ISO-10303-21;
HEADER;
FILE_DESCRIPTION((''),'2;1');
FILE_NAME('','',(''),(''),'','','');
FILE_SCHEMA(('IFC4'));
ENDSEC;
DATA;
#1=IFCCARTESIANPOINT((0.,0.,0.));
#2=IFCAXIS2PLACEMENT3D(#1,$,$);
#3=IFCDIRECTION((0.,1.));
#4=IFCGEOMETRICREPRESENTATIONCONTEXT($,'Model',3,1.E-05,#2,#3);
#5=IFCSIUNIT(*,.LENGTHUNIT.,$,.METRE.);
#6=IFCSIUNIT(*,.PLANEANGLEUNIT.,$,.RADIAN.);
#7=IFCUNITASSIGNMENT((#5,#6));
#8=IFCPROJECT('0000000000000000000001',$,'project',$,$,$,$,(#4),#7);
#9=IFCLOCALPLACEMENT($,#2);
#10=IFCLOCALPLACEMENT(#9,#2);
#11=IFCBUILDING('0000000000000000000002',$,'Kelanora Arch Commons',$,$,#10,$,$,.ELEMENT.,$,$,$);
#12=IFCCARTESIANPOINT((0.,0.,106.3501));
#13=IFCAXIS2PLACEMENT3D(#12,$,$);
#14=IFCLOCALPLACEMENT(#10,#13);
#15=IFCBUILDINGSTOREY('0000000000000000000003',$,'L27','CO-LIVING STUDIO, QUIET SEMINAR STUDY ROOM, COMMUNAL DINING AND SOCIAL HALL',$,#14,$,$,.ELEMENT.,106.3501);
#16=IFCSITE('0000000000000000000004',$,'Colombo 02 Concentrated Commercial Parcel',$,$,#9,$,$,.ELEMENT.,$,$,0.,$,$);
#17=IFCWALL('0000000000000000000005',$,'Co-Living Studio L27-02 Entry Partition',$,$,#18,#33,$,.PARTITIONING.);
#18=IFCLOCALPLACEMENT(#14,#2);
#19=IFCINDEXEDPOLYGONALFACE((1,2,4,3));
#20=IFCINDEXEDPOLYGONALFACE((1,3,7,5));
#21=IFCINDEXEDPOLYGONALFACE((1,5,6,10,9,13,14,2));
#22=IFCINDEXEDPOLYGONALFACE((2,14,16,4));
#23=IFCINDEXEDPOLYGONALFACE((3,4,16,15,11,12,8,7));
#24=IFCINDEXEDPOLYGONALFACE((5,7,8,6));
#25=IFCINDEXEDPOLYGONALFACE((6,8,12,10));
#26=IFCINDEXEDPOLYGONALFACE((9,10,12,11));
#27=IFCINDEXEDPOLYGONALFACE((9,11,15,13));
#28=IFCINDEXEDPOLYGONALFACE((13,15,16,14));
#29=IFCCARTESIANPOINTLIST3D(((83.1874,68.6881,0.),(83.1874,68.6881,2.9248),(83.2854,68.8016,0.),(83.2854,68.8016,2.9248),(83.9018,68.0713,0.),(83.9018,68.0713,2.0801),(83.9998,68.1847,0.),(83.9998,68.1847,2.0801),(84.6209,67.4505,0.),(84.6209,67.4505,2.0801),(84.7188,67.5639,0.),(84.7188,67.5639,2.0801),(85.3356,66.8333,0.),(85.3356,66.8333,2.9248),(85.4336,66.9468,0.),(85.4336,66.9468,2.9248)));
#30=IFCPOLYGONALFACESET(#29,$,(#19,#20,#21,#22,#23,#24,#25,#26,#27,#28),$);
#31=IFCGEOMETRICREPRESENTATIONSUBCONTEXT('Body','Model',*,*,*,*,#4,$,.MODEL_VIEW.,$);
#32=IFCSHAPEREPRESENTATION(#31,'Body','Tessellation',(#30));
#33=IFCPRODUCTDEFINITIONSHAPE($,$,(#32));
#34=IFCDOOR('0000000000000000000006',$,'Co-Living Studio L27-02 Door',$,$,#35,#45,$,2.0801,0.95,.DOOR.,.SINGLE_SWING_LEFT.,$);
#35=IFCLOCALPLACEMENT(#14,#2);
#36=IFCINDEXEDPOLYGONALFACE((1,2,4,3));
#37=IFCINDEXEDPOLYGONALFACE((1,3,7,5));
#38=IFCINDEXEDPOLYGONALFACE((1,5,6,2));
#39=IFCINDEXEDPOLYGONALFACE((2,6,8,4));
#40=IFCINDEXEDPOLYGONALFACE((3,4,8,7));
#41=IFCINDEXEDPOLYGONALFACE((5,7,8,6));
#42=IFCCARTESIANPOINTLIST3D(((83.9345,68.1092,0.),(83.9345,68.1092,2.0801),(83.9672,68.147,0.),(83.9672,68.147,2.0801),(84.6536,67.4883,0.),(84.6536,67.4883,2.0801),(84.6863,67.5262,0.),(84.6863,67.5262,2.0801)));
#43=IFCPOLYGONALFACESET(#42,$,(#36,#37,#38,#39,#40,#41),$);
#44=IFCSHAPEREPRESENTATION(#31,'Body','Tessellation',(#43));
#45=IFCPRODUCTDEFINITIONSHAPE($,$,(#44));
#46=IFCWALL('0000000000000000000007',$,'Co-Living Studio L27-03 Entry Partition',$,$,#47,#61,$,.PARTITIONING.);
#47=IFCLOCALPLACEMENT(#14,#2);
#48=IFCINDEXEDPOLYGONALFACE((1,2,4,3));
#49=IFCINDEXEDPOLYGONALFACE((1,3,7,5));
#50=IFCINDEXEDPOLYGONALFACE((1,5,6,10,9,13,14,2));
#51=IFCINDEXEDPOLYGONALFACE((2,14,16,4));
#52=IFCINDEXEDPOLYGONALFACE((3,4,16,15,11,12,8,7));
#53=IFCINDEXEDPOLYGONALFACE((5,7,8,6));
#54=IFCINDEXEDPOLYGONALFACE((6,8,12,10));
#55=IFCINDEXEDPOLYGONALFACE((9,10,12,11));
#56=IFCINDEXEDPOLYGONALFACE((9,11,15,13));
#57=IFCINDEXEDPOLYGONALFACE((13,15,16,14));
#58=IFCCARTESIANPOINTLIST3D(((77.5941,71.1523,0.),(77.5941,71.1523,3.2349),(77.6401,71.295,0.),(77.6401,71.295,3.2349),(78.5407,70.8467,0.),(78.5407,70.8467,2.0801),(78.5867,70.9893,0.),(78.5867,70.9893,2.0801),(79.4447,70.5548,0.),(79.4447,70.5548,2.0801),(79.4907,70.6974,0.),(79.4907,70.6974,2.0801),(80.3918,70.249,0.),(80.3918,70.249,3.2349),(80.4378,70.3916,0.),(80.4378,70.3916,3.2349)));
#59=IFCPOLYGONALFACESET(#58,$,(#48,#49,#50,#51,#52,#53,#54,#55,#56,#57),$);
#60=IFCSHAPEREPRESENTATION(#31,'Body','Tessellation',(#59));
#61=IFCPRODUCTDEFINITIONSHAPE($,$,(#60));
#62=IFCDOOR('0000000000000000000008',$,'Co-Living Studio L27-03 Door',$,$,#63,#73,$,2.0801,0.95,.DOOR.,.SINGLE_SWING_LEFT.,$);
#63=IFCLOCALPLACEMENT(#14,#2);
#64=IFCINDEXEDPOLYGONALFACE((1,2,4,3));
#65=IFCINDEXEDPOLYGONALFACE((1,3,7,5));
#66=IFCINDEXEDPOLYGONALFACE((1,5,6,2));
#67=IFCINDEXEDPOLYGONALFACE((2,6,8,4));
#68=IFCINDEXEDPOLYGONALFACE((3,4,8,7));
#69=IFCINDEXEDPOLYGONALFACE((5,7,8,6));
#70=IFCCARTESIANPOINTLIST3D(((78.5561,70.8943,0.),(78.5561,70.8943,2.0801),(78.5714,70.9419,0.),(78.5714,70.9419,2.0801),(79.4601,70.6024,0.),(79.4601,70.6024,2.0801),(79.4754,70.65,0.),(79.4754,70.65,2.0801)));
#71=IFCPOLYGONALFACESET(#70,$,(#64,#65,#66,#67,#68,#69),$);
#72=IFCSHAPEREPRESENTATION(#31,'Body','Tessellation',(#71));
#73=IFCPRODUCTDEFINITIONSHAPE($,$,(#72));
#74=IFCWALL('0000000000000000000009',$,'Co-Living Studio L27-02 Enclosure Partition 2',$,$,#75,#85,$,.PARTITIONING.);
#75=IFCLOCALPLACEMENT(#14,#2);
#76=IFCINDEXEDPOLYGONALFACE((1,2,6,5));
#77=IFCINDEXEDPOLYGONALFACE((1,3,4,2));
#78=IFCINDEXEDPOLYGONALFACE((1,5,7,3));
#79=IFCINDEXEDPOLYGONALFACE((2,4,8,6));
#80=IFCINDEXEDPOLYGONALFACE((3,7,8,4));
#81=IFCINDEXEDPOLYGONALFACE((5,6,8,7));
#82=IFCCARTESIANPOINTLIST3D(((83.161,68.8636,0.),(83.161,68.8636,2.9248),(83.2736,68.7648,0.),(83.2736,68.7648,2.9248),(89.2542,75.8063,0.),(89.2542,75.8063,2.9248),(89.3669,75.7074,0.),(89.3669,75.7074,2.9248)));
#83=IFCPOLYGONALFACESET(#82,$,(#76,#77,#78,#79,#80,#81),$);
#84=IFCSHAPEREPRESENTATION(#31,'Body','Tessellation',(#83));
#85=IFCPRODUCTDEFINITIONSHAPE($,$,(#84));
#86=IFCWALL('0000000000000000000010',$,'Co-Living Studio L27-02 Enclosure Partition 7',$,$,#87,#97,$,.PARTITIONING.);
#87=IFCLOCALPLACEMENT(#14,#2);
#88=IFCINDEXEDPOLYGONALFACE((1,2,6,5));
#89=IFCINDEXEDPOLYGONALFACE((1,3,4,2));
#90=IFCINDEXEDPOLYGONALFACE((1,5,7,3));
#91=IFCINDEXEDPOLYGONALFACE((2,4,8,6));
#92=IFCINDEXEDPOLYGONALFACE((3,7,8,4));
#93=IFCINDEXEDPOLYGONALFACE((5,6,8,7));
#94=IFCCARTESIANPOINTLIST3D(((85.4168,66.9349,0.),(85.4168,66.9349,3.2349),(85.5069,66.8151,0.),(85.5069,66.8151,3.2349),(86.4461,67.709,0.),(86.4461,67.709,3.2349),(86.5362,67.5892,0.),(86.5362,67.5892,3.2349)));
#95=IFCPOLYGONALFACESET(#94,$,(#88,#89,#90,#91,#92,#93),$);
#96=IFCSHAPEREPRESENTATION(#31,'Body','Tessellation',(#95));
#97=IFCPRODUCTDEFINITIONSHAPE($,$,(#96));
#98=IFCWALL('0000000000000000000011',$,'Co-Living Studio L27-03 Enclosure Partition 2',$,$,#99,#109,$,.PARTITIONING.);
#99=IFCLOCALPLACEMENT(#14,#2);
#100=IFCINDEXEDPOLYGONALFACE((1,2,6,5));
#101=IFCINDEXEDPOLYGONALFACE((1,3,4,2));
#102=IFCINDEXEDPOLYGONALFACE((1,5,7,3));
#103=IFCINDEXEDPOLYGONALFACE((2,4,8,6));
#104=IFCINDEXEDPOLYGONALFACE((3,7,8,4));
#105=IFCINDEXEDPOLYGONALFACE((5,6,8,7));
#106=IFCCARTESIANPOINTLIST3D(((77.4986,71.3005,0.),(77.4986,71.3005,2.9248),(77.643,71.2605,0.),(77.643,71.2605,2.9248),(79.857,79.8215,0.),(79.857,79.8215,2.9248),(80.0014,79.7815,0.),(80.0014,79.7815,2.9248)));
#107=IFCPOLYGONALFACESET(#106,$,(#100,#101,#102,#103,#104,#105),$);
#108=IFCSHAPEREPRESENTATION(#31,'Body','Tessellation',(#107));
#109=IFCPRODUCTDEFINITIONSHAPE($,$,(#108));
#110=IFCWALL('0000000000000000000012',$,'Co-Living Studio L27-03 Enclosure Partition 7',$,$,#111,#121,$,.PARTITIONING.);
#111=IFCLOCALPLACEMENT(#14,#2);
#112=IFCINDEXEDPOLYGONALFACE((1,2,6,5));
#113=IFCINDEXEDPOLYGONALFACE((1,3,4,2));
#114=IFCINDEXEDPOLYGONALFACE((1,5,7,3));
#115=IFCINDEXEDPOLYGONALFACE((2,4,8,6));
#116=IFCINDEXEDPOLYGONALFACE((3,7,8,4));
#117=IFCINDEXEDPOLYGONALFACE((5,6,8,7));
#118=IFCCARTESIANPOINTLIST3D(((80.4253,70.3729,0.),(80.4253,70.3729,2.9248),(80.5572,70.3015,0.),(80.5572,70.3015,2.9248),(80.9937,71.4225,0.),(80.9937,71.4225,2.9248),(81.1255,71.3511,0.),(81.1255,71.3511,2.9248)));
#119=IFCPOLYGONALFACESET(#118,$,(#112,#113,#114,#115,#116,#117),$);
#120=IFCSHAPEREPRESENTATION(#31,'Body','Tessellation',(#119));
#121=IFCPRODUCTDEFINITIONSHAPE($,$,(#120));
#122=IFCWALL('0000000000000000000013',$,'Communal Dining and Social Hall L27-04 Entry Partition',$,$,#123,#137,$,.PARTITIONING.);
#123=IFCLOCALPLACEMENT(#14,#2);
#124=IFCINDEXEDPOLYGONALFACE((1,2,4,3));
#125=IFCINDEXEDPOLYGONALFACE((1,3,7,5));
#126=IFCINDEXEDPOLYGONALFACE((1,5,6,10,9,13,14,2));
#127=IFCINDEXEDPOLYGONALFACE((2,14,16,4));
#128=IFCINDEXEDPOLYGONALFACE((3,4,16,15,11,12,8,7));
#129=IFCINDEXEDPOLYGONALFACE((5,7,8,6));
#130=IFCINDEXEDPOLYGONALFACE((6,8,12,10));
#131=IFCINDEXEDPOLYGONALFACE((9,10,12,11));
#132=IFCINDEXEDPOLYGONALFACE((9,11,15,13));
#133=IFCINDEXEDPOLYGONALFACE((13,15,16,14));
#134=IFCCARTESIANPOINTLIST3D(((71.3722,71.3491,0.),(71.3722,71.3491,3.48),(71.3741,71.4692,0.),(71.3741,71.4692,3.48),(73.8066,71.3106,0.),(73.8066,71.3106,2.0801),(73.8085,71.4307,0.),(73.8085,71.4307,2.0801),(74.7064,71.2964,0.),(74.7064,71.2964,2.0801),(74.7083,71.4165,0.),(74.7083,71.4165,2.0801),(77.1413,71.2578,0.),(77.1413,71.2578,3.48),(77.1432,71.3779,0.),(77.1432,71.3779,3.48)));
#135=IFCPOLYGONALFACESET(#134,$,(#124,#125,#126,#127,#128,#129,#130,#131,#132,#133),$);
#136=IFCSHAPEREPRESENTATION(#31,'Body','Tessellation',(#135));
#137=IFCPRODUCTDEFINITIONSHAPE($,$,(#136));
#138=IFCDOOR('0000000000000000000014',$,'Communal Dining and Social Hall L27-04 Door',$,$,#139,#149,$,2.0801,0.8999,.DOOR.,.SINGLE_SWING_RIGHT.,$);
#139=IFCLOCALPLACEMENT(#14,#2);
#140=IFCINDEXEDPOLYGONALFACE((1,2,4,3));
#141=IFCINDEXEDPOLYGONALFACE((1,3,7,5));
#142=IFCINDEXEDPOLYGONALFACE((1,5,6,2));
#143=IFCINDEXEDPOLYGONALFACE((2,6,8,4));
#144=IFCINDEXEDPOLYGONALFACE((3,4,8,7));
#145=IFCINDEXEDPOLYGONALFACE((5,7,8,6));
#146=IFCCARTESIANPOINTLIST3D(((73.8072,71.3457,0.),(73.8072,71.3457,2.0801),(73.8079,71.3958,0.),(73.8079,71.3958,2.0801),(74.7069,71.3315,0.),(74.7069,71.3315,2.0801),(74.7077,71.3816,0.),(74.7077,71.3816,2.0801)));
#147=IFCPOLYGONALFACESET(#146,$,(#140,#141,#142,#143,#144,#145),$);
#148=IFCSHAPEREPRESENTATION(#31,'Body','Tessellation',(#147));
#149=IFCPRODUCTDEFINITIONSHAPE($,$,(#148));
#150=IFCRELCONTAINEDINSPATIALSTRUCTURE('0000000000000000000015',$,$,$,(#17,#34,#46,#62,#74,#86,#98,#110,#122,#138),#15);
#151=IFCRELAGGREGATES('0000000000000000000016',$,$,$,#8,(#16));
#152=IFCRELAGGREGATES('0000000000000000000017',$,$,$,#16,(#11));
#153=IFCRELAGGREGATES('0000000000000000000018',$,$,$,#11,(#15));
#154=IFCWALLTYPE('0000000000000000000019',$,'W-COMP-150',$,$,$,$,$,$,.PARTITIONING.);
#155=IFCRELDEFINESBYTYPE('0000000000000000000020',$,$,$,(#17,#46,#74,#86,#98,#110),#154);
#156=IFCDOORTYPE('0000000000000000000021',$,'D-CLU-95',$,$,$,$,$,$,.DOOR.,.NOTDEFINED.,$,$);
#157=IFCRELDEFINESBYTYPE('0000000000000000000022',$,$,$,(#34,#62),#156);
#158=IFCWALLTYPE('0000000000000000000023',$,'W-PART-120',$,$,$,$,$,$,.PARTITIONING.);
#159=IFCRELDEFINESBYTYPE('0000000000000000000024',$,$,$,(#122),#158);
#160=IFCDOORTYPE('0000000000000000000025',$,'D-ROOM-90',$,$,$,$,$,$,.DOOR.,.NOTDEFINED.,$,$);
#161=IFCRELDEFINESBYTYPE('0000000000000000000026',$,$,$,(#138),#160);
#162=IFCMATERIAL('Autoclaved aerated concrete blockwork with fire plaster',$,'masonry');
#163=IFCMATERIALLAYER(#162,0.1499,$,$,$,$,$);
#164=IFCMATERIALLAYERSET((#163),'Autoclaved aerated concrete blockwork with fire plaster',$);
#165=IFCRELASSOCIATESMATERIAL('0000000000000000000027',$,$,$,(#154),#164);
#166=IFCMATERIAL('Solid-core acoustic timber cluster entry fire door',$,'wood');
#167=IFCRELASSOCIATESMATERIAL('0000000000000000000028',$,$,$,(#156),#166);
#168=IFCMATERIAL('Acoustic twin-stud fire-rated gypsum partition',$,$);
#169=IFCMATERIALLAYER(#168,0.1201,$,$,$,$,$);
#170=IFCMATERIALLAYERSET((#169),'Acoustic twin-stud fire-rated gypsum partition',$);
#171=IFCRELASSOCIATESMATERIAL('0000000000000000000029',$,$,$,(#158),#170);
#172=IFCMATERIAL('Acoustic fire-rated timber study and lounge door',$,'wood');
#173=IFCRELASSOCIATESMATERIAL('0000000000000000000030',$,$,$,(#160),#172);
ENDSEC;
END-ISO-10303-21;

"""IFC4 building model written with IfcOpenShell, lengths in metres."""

from ifc_helpers import new_model, si_unit, direction, frame, frame_2d, origin, place, context, subcontext, project, spatial, rectangle, extrude, material, layer, layer_set, type_object, element, fill, save


model = new_model("IFC4")

# Units and contexts
model_context = context("Model", 3, precision=1e-05, world=origin(), true_north=direction((0.0, 1.0)))
body_context = subcontext(model_context, "Body", "Model", "MODEL_VIEW")
ifc_project = project(units=[si_unit("LENGTHUNIT", "METRE"), si_unit("PLANEANGLEUNIT", "RADIAN")], contexts=[model_context])

# Site, building, storey
site_placement = place(None, origin())
site = spatial("IfcSite", under=ifc_project, at=site_placement, Name="Colombo 02 Concentrated Commercial Parcel", CompositionType="ELEMENT", RefElevation=0.0)
building_placement = place(site_placement, origin())
building = spatial("IfcBuilding", under=site, at=building_placement, Name="Kelanora Arch Commons", CompositionType="ELEMENT")
storey_placement = place(building_placement, frame((0.0, 0.0, 106.3501)))
storey = spatial("IfcBuildingStorey", under=building, at=storey_placement, Name="L27", Description="CO-LIVING STUDIO, QUIET SEMINAR STUDY ROOM, COMMUNAL DINING AND SOCIAL HALL", CompositionType="ELEMENT", Elevation=106.3501)

# Walls, openings, doors
ifc_material_1 = material(Name="Autoclaved aerated concrete blockwork with fire plaster", Category="masonry")
ifc_layer_1 = layer(ifc_material_1, 0.1499)
ifc_layer_set_1 = layer_set([ifc_layer_1], Name="Autoclaved aerated concrete blockwork with fire plaster")
wall_type_1 = type_object("IfcWallType", Name="W-COMP-150", PredefinedType="PARTITIONING", material=ifc_layer_set_1)
wall_1_placement = place(storey_placement, frame((85.3845, 66.8901, 0.0), z_axis=(0.0, 0.0, 1.0), x_axis=(-0.756914, 0.653515, 0.0)))
wall_1 = element("IfcWall", 1, at=wall_1_placement, inside=storey, type_object=wall_type_1, Name="Co-Living Studio L27-02 Entry Partition", PredefinedType="PARTITIONING", context=body_context, shape_type="SweptSolid", body=[
    extrude(rectangle(XDim=2.8381, YDim=0.1499, at=frame_2d((1.4189, 0.0))), origin(), (0.0, 0.0, 1.0), 2.9248),
])
opening_1_placement = place(wall_1_placement, frame((0.9441, 0.0, 0.0)))
opening_1 = element("IfcOpeningElement", 2, at=opening_1_placement, cuts=wall_1, PredefinedType="OPENING", context=body_context, shape_type="SweptSolid", body=[
    extrude(rectangle(XDim=0.95, YDim=2.0801, at=frame_2d((0.4751, 1.04))), frame((0.0, 0.085, 0.0), z_axis=(0.0, -1.0, 0.0), x_axis=(1.0, 0.0, 0.0)), (0.0, 0.0, 1.0), 0.1699),
])
ifc_material_2 = material(Name="Solid-core acoustic timber cluster entry fire door", Category="wood")
door_type_1 = type_object("IfcDoorType", Name="D-CLU-95", OperationType="NOTDEFINED", PredefinedType="DOOR", material=ifc_material_2)
door_1_placement = place(opening_1_placement, origin())
door_1 = element("IfcDoor", 3, at=door_1_placement, inside=storey, type_object=door_type_1, Name="Co-Living Studio L27-02 Door", OperationType="SINGLE_SWING_LEFT", OverallHeight=2.0801, OverallWidth=0.95, PredefinedType="DOOR", context=body_context, shape_type="SweptSolid", body=[
    extrude(rectangle(XDim=0.95, YDim=2.0801, at=frame_2d((0.4751, 1.04))), frame((0.0, 0.0249, 0.0), z_axis=(0.0, -1.0, 0.0), x_axis=(1.0, 0.0, 0.0)), (0.0, 0.0, 1.0), 0.05),
])
fill(opening_1, door_1)
wall_2_placement = place(storey_placement, frame((80.4148, 70.3203, 0.0), z_axis=(0.0, 0.0, 1.0), x_axis=(-0.951622, 0.30727, 0.0)))
wall_2 = element("IfcWall", 4, at=wall_2_placement, inside=storey, type_object=wall_type_1, Name="Co-Living Studio L27-03 Entry Partition", PredefinedType="PARTITIONING", context=body_context, shape_type="SweptSolid", body=[
    extrude(rectangle(XDim=2.9399, YDim=0.1499, at=frame_2d((1.47, 0.0))), origin(), (0.0, 0.0, 1.0), 3.2349),
])
opening_2_placement = place(wall_2_placement, frame((0.9951, 0.0, 0.0)))
opening_2 = element("IfcOpeningElement", 5, at=opening_2_placement, cuts=wall_2, PredefinedType="OPENING", context=body_context, shape_type="SweptSolid", body=[
    extrude(rectangle(XDim=0.95, YDim=2.0801, at=frame_2d((0.4751, 1.04))), frame((0.0, 0.085, 0.0), z_axis=(0.0, -1.0, 0.0), x_axis=(1.0, 0.0, 0.0)), (0.0, 0.0, 1.0), 0.1699),
])
door_2_placement = place(opening_2_placement, origin())
door_2 = element("IfcDoor", 6, at=door_2_placement, inside=storey, type_object=door_type_1, Name="Co-Living Studio L27-03 Door", OperationType="SINGLE_SWING_LEFT", OverallHeight=2.0801, OverallWidth=0.95, PredefinedType="DOOR", context=body_context, shape_type="SweptSolid", body=[
    extrude(rectangle(XDim=0.95, YDim=2.0801, at=frame_2d((0.4751, 1.04))), frame((0.0, 0.0249, 0.0), z_axis=(0.0, -1.0, 0.0), x_axis=(1.0, 0.0, 0.0)), (0.0, 0.0, 1.0), 0.05),
])
fill(opening_2, door_2)

# Walls
wall_3_placement = place(storey_placement, frame((83.2173, 68.8142, 0.0), z_axis=(0.0, 0.0, 1.0), x_axis=(0.659636, 0.751585, 0.0)))
element("IfcWall", 7, at=wall_3_placement, inside=storey, type_object=wall_type_1, Name="Co-Living Studio L27-02 Enclosure Partition 2", PredefinedType="PARTITIONING", context=body_context, shape_type="SweptSolid", body=[
    extrude(rectangle(XDim=9.2373, YDim=0.1499, at=frame_2d((4.6187, 0.0))), origin(), (0.0, 0.0, 1.0), 2.9248),
])
wall_4_placement = place(storey_placement, frame((86.4912, 67.6492, 0.0), z_axis=(0.0, 0.0, 1.0), x_axis=(-0.79918, -0.601091, 0.0)))
element("IfcWall", 8, at=wall_4_placement, inside=storey, type_object=wall_type_1, Name="Co-Living Studio L27-02 Enclosure Partition 7", PredefinedType="PARTITIONING", context=body_context, shape_type="SweptSolid", body=[
    extrude(rectangle(XDim=1.2878, YDim=0.1499, at=frame_2d((0.644, 0.0))), origin(), (0.0, 0.0, 1.0), 3.2349),
])
wall_5_placement = place(storey_placement, frame((77.5708, 71.2805, 0.0), z_axis=(0.0, 0.0, 1.0), x_axis=(0.266747, 0.963767, 0.0)))
element("IfcWall", 9, at=wall_5_placement, inside=storey, type_object=wall_type_1, Name="Co-Living Studio L27-03 Enclosure Partition 2", PredefinedType="PARTITIONING", context=body_context, shape_type="SweptSolid", body=[
    extrude(rectangle(XDim=8.8413, YDim=0.1499, at=frame_2d((4.4207, 0.0))), origin(), (0.0, 0.0, 1.0), 2.9248),
])
wall_6_placement = place(storey_placement, frame((81.0596, 71.3867, 0.0), z_axis=(0.0, 0.0, 1.0), x_axis=(-0.476184, -0.879346, 0.0)))
element("IfcWall", 10, at=wall_6_placement, inside=storey, type_object=wall_type_1, Name="Co-Living Studio L27-03 Enclosure Partition 7", PredefinedType="PARTITIONING", context=body_context, shape_type="SweptSolid", body=[
    extrude(rectangle(XDim=1.1936, YDim=0.1499, at=frame_2d((0.5967, 0.0))), origin(), (0.0, 0.0, 1.0), 2.9248),
])

# Wall, opening, door
ifc_material_3 = material(Name="Acoustic twin-stud fire-rated gypsum partition")
ifc_layer_2 = layer(ifc_material_3, 0.1201)
ifc_layer_set_2 = layer_set([ifc_layer_2], Name="Acoustic twin-stud fire-rated gypsum partition")
wall_type_2 = type_object("IfcWallType", Name="W-PART-120", PredefinedType="PARTITIONING", material=ifc_layer_set_2)
wall_7_placement = place(storey_placement, frame((77.1421, 71.3179, 0.0), z_axis=(0.0, 0.0, 1.0), x_axis=(-0.999875, 0.015825, 0.0)))
wall_7 = element("IfcWall", 11, at=wall_7_placement, inside=storey, type_object=wall_type_2, Name="Communal Dining and Social Hall L27-04 Entry Partition", PredefinedType="PARTITIONING", context=body_context, shape_type="SweptSolid", body=[
    extrude(rectangle(XDim=5.7698, YDim=0.1201, at=frame_2d((2.8848, 0.0))), origin(), (0.0, 0.0, 1.0), 3.48),
])
opening_3_placement = place(wall_7_placement, frame((2.4351, 0.0, 0.0)))
opening_3 = element("IfcOpeningElement", 12, at=opening_3_placement, cuts=wall_7, PredefinedType="OPENING", context=body_context, shape_type="SweptSolid", body=[
    extrude(rectangle(XDim=0.8999, YDim=2.0801, at=frame_2d((0.45, 1.04))), frame((0.0, 0.0701, 0.0), z_axis=(0.0, -1.0, 0.0), x_axis=(1.0, 0.0, 0.0)), (0.0, 0.0, 1.0), 0.1401),
])
ifc_material_4 = material(Name="Acoustic fire-rated timber study and lounge door", Category="wood")
door_type_2 = type_object("IfcDoorType", Name="D-ROOM-90", OperationType="NOTDEFINED", PredefinedType="DOOR", material=ifc_material_4)
door_3_placement = place(opening_3_placement, origin())
door_3 = element("IfcDoor", 13, at=door_3_placement, inside=storey, type_object=door_type_2, Name="Communal Dining and Social Hall L27-04 Door", OperationType="SINGLE_SWING_RIGHT", OverallHeight=2.0801, OverallWidth=0.8999, PredefinedType="DOOR", context=body_context, shape_type="SweptSolid", body=[
    extrude(rectangle(XDim=0.8999, YDim=2.0801, at=frame_2d((0.45, 1.04))), frame((0.0, 0.0249, 0.0), z_axis=(0.0, -1.0, 0.0), x_axis=(1.0, 0.0, 0.0)), (0.0, 0.0, 1.0), 0.05),
])
fill(opening_3, door_3)

save(model, "model.ifc")
